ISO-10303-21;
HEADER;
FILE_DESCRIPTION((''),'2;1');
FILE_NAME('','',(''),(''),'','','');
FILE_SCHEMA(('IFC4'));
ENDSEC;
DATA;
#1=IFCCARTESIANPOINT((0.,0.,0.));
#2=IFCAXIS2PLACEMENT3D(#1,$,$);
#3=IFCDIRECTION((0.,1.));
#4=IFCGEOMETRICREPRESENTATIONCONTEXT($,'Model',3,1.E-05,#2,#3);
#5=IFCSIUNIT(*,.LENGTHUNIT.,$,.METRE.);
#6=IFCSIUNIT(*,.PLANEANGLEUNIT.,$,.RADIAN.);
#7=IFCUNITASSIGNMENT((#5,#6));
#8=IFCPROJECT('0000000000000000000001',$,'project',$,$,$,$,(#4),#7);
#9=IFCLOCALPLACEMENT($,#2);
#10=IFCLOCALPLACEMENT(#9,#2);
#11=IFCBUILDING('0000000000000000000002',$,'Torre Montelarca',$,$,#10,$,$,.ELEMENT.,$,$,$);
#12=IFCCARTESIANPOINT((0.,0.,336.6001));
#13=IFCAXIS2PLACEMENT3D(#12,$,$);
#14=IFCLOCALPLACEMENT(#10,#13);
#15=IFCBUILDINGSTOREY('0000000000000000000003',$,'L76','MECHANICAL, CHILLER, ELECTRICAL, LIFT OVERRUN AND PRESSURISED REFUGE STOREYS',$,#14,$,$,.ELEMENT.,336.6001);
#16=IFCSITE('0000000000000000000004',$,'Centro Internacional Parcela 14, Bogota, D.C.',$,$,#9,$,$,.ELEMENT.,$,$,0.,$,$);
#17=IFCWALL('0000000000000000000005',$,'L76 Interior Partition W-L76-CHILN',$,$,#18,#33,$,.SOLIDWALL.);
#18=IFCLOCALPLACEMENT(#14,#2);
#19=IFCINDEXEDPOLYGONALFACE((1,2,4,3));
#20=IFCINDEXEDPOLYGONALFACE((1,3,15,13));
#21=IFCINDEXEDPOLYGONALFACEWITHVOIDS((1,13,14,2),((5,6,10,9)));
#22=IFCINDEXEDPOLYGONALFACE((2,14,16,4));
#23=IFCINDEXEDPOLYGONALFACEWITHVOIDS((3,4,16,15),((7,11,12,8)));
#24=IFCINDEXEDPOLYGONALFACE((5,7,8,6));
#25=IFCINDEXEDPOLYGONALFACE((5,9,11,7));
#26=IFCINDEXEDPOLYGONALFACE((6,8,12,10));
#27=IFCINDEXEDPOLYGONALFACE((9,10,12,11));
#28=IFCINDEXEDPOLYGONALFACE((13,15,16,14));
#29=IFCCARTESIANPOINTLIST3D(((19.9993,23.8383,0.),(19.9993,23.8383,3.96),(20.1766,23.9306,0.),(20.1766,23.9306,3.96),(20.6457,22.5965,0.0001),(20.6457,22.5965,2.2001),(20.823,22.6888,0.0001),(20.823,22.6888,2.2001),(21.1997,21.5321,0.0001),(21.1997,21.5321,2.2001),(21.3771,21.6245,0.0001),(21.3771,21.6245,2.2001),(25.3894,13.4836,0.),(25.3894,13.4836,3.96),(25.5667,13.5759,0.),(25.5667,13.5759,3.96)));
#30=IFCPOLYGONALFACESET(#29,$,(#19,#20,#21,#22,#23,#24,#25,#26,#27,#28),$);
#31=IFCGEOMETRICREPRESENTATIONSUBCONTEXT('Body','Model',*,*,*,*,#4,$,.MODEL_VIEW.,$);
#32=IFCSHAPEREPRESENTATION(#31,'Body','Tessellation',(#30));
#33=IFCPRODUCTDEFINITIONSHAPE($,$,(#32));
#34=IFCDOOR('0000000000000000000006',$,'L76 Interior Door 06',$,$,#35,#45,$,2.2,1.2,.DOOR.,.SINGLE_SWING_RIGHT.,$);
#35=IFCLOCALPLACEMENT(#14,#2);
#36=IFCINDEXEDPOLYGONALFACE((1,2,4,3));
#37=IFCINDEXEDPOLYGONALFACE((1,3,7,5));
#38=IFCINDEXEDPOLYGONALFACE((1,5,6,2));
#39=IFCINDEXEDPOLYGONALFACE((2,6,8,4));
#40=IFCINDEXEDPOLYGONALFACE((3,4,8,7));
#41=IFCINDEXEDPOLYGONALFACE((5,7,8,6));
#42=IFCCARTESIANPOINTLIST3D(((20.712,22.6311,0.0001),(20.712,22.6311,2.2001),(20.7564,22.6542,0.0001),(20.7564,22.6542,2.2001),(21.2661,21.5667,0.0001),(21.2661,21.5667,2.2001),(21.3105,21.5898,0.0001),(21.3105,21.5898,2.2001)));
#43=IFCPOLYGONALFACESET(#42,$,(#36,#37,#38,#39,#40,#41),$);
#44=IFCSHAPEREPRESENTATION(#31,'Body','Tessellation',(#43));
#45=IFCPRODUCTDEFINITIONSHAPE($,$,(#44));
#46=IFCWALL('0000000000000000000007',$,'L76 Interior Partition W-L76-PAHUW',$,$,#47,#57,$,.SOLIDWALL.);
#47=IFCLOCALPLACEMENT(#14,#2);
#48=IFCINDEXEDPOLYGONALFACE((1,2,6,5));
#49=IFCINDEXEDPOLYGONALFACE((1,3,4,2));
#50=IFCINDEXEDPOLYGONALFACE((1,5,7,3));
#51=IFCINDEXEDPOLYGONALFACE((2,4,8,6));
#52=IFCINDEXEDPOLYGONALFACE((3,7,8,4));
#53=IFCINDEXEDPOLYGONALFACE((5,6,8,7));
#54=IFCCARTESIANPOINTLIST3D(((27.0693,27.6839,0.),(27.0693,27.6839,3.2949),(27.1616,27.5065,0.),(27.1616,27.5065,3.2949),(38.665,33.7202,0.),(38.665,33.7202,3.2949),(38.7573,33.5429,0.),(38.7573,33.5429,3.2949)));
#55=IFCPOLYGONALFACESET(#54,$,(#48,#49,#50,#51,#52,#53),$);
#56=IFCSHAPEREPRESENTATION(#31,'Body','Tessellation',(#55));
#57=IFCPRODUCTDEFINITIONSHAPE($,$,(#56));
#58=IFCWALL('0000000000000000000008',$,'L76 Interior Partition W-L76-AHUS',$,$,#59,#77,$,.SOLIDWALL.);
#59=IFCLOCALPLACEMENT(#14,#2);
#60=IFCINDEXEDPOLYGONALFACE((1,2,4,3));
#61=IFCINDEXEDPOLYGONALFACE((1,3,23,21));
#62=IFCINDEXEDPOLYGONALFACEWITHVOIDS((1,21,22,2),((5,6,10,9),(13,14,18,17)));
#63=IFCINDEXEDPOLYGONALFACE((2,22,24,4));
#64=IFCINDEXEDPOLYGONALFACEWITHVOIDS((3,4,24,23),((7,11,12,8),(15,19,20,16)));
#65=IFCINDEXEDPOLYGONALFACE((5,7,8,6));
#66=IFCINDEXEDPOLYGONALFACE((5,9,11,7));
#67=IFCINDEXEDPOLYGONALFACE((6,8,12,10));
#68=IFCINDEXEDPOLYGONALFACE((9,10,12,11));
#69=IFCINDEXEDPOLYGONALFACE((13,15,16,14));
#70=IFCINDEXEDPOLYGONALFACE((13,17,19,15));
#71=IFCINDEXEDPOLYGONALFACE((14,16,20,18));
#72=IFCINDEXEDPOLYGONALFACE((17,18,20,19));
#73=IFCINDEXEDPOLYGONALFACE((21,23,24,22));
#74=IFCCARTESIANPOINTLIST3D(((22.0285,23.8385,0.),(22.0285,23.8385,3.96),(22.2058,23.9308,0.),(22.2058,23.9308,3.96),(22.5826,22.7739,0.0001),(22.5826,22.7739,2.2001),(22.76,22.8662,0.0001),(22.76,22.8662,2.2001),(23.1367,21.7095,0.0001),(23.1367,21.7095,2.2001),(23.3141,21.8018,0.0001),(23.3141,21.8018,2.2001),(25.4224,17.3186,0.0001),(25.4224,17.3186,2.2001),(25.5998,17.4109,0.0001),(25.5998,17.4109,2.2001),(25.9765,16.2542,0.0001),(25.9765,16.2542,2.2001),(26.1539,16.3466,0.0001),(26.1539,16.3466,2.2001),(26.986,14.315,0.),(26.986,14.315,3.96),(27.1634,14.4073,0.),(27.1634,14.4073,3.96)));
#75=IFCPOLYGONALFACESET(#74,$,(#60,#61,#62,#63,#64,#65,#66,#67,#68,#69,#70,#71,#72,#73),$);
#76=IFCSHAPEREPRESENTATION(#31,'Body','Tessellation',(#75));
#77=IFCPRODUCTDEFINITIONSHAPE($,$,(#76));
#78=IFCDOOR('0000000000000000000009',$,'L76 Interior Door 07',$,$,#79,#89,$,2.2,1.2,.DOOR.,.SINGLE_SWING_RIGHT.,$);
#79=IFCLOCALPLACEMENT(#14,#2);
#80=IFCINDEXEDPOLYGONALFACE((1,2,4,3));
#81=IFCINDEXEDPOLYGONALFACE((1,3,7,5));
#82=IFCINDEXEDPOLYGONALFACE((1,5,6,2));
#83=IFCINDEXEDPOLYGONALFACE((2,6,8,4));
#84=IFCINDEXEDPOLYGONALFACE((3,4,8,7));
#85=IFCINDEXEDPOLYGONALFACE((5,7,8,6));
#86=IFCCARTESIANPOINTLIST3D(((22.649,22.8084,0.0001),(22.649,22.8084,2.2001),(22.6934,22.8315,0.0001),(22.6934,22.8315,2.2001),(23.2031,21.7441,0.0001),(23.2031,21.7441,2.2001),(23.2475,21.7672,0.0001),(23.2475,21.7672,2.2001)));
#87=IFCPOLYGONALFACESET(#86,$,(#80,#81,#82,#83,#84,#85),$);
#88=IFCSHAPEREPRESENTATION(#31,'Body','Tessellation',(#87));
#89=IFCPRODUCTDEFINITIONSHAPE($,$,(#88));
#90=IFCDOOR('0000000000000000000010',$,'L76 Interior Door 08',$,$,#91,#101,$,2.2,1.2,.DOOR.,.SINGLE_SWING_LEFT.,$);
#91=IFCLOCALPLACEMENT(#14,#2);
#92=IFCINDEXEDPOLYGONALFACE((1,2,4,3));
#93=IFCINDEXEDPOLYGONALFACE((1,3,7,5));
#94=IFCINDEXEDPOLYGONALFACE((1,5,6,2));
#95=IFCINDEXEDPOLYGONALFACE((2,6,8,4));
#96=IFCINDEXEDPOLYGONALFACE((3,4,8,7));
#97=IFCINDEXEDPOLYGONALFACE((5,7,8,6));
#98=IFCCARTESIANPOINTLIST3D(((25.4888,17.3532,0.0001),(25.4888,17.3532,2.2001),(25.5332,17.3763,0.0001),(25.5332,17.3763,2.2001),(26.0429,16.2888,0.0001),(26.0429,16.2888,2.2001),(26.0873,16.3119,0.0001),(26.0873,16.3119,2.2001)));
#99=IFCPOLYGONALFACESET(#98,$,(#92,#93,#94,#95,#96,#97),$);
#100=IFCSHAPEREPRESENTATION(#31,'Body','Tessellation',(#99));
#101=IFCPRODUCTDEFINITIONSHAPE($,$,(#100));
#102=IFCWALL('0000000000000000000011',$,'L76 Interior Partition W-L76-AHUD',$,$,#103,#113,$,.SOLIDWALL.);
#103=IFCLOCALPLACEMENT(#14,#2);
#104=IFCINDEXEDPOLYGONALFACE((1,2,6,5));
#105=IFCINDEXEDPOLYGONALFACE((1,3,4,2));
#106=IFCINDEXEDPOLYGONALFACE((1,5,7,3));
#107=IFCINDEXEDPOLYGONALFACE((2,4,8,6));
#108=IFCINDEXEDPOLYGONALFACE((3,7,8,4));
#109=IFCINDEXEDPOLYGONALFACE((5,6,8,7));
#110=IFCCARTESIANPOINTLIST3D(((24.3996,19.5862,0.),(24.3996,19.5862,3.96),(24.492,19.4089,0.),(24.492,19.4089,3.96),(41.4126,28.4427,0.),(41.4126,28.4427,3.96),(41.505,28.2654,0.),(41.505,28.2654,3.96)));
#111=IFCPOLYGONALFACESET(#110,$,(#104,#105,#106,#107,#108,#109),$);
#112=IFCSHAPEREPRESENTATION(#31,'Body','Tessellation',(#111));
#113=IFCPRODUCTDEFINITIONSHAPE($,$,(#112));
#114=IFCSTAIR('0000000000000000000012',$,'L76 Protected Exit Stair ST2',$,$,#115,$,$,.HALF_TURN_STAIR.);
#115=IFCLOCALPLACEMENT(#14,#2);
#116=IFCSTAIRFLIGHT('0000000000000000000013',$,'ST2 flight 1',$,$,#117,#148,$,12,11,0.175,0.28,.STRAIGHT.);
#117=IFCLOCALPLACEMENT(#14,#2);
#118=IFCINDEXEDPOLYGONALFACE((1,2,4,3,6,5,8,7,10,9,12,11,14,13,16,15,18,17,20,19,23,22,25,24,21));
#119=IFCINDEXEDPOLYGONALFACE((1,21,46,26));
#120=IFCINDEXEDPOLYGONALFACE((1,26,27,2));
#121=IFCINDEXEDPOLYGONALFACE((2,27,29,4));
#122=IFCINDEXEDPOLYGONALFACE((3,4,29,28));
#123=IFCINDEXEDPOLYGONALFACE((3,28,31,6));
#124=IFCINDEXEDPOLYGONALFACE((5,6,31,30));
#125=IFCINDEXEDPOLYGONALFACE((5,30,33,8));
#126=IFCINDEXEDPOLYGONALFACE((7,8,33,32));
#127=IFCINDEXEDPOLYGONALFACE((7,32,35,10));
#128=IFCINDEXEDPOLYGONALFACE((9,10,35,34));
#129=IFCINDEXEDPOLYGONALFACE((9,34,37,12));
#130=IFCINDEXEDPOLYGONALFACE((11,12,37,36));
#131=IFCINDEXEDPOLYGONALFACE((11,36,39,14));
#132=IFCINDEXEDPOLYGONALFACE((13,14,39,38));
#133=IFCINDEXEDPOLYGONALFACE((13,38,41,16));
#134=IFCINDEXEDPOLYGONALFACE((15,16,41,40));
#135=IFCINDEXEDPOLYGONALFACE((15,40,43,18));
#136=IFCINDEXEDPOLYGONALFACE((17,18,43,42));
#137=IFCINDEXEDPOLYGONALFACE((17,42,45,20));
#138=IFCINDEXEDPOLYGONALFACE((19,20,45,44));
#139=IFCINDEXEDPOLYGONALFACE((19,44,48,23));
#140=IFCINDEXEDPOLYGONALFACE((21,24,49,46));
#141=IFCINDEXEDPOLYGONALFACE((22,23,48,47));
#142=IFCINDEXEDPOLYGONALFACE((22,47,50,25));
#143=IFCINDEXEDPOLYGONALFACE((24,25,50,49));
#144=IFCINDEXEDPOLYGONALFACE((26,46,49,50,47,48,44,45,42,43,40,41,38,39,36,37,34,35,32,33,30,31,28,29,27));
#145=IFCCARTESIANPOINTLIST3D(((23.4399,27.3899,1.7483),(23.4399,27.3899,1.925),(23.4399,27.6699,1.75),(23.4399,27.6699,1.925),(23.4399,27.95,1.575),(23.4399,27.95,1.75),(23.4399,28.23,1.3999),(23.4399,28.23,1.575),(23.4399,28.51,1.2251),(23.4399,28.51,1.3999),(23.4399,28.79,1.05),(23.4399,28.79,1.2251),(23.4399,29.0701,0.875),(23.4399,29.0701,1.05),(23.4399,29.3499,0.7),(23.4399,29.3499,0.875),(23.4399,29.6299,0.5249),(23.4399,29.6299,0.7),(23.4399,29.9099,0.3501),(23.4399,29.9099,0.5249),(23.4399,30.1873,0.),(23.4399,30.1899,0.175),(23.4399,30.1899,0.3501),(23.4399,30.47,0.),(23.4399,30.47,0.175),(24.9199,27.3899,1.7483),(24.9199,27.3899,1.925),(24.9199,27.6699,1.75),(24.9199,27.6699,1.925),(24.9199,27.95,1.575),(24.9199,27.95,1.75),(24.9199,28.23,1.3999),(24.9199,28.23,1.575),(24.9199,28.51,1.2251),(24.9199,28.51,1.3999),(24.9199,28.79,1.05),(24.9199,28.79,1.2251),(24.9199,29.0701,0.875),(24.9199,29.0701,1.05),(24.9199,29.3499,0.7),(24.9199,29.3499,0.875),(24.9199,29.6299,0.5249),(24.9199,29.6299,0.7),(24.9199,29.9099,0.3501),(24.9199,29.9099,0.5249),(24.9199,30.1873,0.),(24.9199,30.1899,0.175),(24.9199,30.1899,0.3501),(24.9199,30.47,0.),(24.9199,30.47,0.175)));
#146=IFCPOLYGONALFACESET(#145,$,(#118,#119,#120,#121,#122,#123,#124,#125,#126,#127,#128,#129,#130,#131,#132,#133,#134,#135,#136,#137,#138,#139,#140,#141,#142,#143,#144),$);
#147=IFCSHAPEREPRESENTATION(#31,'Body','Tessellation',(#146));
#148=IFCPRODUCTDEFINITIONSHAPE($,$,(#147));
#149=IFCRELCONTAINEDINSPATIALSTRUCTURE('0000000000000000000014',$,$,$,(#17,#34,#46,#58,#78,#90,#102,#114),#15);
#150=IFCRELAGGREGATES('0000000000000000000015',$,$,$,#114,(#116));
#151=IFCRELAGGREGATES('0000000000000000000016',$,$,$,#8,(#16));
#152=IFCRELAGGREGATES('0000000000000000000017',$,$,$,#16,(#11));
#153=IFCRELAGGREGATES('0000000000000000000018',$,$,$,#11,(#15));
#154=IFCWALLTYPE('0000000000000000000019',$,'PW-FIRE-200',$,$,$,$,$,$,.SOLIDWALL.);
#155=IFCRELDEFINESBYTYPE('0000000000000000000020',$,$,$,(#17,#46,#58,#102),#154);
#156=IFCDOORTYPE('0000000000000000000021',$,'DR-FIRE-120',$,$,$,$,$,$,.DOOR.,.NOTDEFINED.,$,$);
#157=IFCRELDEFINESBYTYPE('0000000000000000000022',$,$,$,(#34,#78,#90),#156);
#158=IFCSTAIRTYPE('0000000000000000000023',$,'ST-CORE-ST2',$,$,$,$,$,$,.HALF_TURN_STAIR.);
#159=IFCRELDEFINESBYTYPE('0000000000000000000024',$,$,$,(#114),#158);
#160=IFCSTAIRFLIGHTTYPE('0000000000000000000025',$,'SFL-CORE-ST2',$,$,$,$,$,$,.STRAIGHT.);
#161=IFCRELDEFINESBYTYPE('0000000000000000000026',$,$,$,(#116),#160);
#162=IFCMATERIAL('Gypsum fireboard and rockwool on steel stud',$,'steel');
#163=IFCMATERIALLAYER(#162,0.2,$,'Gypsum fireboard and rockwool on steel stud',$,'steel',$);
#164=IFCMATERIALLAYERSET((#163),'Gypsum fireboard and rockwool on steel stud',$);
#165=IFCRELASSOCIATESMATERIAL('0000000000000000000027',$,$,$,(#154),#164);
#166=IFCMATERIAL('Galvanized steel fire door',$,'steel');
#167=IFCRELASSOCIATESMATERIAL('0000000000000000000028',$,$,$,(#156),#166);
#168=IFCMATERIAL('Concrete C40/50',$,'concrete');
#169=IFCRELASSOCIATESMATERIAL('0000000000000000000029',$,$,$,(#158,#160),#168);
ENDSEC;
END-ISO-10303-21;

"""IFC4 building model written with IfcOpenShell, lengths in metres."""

from ifc_helpers import new_model, si_unit, direction, frame, frame_2d, origin, place, context, subcontext, project, spatial, polyline, rectangle, outline, extrude, source, transform, mapped, material, layer, layer_set, type_object, element, fill, aggregate, save


model = new_model("IFC4")

# Units and contexts
model_context = context("Model", 3, precision=1e-05, world=origin(), true_north=direction((0.0, 1.0)))
body_context = subcontext(model_context, "Body", "Model", "MODEL_VIEW")
ifc_project = project(units=[si_unit("LENGTHUNIT", "METRE"), si_unit("PLANEANGLEUNIT", "RADIAN")], contexts=[model_context])

# Site, building, storey
site_placement = place(None, origin())
site = spatial("IfcSite", under=ifc_project, at=site_placement, Name="Centro Internacional Parcela 14, Bogota, D.C.", CompositionType="ELEMENT", RefElevation=0.0)
building_placement = place(site_placement, origin())
building = spatial("IfcBuilding", under=site, at=building_placement, Name="Torre Montelarca", CompositionType="ELEMENT")
storey_placement = place(building_placement, frame((0.0, 0.0, 336.6001)))
storey = spatial("IfcBuildingStorey", under=building, at=storey_placement, Name="L76", Description="MECHANICAL, CHILLER, ELECTRICAL, LIFT OVERRUN AND PRESSURISED REFUGE STOREYS", CompositionType="ELEMENT", Elevation=336.6001)

# Shared definitions
ifc_material_1 = material(Name="Concrete C40/50", Category="concrete")

# Wall, opening, door
ifc_material_2 = material(Name="Gypsum fireboard and rockwool on steel stud", Category="steel")
ifc_layer_1 = layer(ifc_material_2, 0.2, Name="Gypsum fireboard and rockwool on steel stud", Category="steel")
ifc_layer_set_1 = layer_set([ifc_layer_1], Name="Gypsum fireboard and rockwool on steel stud")
wall_type_1 = type_object("IfcWallType", Name="PW-FIRE-200", PredefinedType="SOLIDWALL", material=ifc_layer_set_1)
wall_1_placement = place(storey_placement, frame((20.0879, 23.8845, 0.0), z_axis=(0.0, 0.0, 1.0), x_axis=(0.461735, -0.887018, 0.0)))
wall_1 = element("IfcWall", 1, at=wall_1_placement, inside=storey, type_object=wall_type_1, Name="L76 Interior Partition W-L76-CHILN", PredefinedType="SOLIDWALL", context=body_context, shape_type="SweptSolid", body=[
    extrude(rectangle(XDim=11.6736, YDim=0.2, at=frame_2d((5.8369, 0.0))), origin(), (0.0, 0.0, 1.0), 3.96),
])
opening_1_placement = place(wall_1_placement, frame((1.3999, 0.0, 0.0)))
opening_1 = element("IfcOpeningElement", 2, at=opening_1_placement, cuts=wall_1, PredefinedType="OPENING", context=body_context, shape_type="SweptSolid", body=[
    extrude(rectangle(XDim=1.2, YDim=2.2, at=frame_2d((0.6001, 1.1001))), frame((0.0, 0.1099, 0.0), z_axis=(0.0, -1.0, 0.0), x_axis=(1.0, 0.0, 0.0)), (0.0, 0.0, 1.0), 0.22),
])
ifc_material_3 = material(Name="Galvanized steel fire door", Category="steel")
door_type_1 = type_object("IfcDoorType", Name="DR-FIRE-120", OperationType="NOTDEFINED", PredefinedType="DOOR", material=ifc_material_3)
shared_shape_1 = source(origin(), body_context, "Body", "SweptSolid", [
    extrude(rectangle(XDim=1.2, YDim=2.2, at=frame_2d((0.6001, 1.1001))), frame((0.0, 0.0249, 0.0), z_axis=(0.0, -1.0, 0.0), x_axis=(1.0, 0.0, 0.0)), (0.0, 0.0, 1.0), 0.05),
])
door_1_placement = place(opening_1_placement, origin())
door_1 = element("IfcDoor", 3, at=door_1_placement, inside=storey, type_object=door_type_1, Name="L76 Interior Door 06", OperationType="SINGLE_SWING_RIGHT", OverallHeight=2.2, OverallWidth=1.2, PredefinedType="DOOR", context=body_context, shape_type="MappedRepresentation", body=[
    mapped(shared_shape_1, transform((0.0, 0.0, 0.0), scale=1.0)),
])
fill(opening_1, door_1)

# Wall
wall_2_placement = place(storey_placement, frame((27.1155, 27.5952, 0.0), z_axis=(0.0, 0.0, 1.0), x_axis=(0.88701, 0.461751, 0.0)))
element("IfcWall", 4, at=wall_2_placement, inside=storey, type_object=wall_type_1, Name="L76 Interior Partition W-L76-PAHUW", PredefinedType="SOLIDWALL", context=body_context, shape_type="SweptSolid", body=[
    extrude(rectangle(XDim=13.0728, YDim=0.2, at=frame_2d((6.5364, 0.0))), origin(), (0.0, 0.0, 1.0), 3.2949),
])

# Wall, openings, doors
wall_3_placement = place(storey_placement, frame((22.1172, 23.8845, 0.0), z_axis=(0.0, 0.0, 1.0), x_axis=(0.461744, -0.887013, 0.0)))
wall_3 = element("IfcWall", 5, at=wall_3_placement, inside=storey, type_object=wall_type_1, Name="L76 Interior Partition W-L76-AHUS", PredefinedType="SOLIDWALL", context=body_context, shape_type="SweptSolid", body=[
    extrude(rectangle(XDim=10.7366, YDim=0.2, at=frame_2d((5.3682, 0.0))), origin(), (0.0, 0.0, 1.0), 3.96),
])
opening_2_placement = place(wall_3_placement, frame((1.2, 0.0, 0.0)))
opening_2 = element("IfcOpeningElement", 6, at=opening_2_placement, cuts=wall_3, PredefinedType="OPENING", context=body_context, shape_type="SweptSolid", body=[
    extrude(rectangle(XDim=1.2, YDim=2.2, at=frame_2d((0.6001, 1.1001))), frame((0.0, 0.1099, 0.0), z_axis=(0.0, -1.0, 0.0), x_axis=(1.0, 0.0, 0.0)), (0.0, 0.0, 1.0), 0.22),
])
opening_3_placement = place(wall_3_placement, frame((7.3501, 0.0, 0.0)))
opening_3 = element("IfcOpeningElement", 7, at=opening_3_placement, cuts=wall_3, PredefinedType="OPENING", context=body_context, shape_type="SweptSolid", body=[
    extrude(rectangle(XDim=1.2, YDim=2.2, at=frame_2d((0.6001, 1.1001))), frame((0.0, 0.1099, 0.0), z_axis=(0.0, -1.0, 0.0), x_axis=(1.0, 0.0, 0.0)), (0.0, 0.0, 1.0), 0.22),
])
door_2_placement = place(opening_2_placement, origin())
door_2 = element("IfcDoor", 8, at=door_2_placement, inside=storey, type_object=door_type_1, Name="L76 Interior Door 07", OperationType="SINGLE_SWING_RIGHT", OverallHeight=2.2, OverallWidth=1.2, PredefinedType="DOOR", context=body_context, shape_type="MappedRepresentation", body=[
    mapped(shared_shape_1, transform((0.0, 0.0, 0.0), scale=1.0)),
])
fill(opening_2, door_2)
door_3_placement = place(opening_3_placement, origin())
door_3 = element("IfcDoor", 9, at=door_3_placement, inside=storey, type_object=door_type_1, Name="L76 Interior Door 08", OperationType="SINGLE_SWING_LEFT", OverallHeight=2.2, OverallWidth=1.2, PredefinedType="DOOR", context=body_context, shape_type="MappedRepresentation", body=[
    mapped(shared_shape_1, transform((0.0, 0.0, 0.0), scale=1.0)),
])
fill(opening_3, door_3)

# Wall
wall_4_placement = place(storey_placement, frame((24.4458, 19.4976, 0.0), z_axis=(0.0, 0.0, 1.0), x_axis=(0.887009, 0.461751, 0.0)))
element("IfcWall", 10, at=wall_4_placement, inside=storey, type_object=wall_type_1, Name="L76 Interior Partition W-L76-AHUD", PredefinedType="SOLIDWALL", context=body_context, shape_type="SweptSolid", body=[
    extrude(rectangle(XDim=19.1802, YDim=0.2, at=frame_2d((9.5901, 0.0))), origin(), (0.0, 0.0, 1.0), 3.96),
])

# Stair, stair flight
stair_type = type_object("IfcStairType", Name="ST-CORE-ST2", PredefinedType="HALF_TURN_STAIR", material=ifc_material_1)
stair_placement = place(storey_placement, origin())
stair = element("IfcStair", 11, at=stair_placement, inside=storey, type_object=stair_type, Name="L76 Protected Exit Stair ST2", PredefinedType="HALF_TURN_STAIR")
stair_flight_type = type_object("IfcStairFlightType", Name="SFL-CORE-ST2", PredefinedType="STRAIGHT", material=ifc_material_1)
stair_flight_1_placement = place(storey_placement, frame((24.1799, 30.47, 0.0), z_axis=(0.0, 0.0, 1.0), x_axis=(0.0, -1.0, 0.0)))
stair_flight_1 = element("IfcStairFlight", 12, at=stair_flight_1_placement, type_object=stair_flight_type, Name="ST2 flight 1", NumberOfRisers=12, NumberOfTreads=11, PredefinedType="STRAIGHT", RiserHeight=0.175, TreadLength=0.28, context=body_context, shape_type="SweptSolid", body=[
    extrude(outline(polyline([(0.0, 0.0), (0.0, 0.175), (0.28, 0.175), (0.28, 0.3501), (0.5601, 0.3501), (0.5601, 0.5249), (0.8401, 0.5249), (0.8401, 0.7), (1.1201, 0.7), (1.1201, 0.875), (1.3999, 0.875), (1.3999, 1.05), (1.6799, 1.05), (1.6799, 1.2251), (1.96, 1.2251), (1.96, 1.3999), (2.24, 1.3999), (2.24, 1.575), (2.52, 1.575), (2.52, 1.75), (2.8, 1.75), (2.8, 1.925), (3.0801, 1.925), (3.0801, 2.1001), (3.0801, 1.7483), (0.2827, 0.0), (0.0, 0.0)])), frame((0.0, 0.74, 0.0), z_axis=(0.0, -1.0, 0.0), x_axis=(1.0, 0.0, 0.0)), (0.0, 0.0, 1.0), 1.48),
])
aggregate(stair, [stair_flight_1])

save(model, "model.ifc")
